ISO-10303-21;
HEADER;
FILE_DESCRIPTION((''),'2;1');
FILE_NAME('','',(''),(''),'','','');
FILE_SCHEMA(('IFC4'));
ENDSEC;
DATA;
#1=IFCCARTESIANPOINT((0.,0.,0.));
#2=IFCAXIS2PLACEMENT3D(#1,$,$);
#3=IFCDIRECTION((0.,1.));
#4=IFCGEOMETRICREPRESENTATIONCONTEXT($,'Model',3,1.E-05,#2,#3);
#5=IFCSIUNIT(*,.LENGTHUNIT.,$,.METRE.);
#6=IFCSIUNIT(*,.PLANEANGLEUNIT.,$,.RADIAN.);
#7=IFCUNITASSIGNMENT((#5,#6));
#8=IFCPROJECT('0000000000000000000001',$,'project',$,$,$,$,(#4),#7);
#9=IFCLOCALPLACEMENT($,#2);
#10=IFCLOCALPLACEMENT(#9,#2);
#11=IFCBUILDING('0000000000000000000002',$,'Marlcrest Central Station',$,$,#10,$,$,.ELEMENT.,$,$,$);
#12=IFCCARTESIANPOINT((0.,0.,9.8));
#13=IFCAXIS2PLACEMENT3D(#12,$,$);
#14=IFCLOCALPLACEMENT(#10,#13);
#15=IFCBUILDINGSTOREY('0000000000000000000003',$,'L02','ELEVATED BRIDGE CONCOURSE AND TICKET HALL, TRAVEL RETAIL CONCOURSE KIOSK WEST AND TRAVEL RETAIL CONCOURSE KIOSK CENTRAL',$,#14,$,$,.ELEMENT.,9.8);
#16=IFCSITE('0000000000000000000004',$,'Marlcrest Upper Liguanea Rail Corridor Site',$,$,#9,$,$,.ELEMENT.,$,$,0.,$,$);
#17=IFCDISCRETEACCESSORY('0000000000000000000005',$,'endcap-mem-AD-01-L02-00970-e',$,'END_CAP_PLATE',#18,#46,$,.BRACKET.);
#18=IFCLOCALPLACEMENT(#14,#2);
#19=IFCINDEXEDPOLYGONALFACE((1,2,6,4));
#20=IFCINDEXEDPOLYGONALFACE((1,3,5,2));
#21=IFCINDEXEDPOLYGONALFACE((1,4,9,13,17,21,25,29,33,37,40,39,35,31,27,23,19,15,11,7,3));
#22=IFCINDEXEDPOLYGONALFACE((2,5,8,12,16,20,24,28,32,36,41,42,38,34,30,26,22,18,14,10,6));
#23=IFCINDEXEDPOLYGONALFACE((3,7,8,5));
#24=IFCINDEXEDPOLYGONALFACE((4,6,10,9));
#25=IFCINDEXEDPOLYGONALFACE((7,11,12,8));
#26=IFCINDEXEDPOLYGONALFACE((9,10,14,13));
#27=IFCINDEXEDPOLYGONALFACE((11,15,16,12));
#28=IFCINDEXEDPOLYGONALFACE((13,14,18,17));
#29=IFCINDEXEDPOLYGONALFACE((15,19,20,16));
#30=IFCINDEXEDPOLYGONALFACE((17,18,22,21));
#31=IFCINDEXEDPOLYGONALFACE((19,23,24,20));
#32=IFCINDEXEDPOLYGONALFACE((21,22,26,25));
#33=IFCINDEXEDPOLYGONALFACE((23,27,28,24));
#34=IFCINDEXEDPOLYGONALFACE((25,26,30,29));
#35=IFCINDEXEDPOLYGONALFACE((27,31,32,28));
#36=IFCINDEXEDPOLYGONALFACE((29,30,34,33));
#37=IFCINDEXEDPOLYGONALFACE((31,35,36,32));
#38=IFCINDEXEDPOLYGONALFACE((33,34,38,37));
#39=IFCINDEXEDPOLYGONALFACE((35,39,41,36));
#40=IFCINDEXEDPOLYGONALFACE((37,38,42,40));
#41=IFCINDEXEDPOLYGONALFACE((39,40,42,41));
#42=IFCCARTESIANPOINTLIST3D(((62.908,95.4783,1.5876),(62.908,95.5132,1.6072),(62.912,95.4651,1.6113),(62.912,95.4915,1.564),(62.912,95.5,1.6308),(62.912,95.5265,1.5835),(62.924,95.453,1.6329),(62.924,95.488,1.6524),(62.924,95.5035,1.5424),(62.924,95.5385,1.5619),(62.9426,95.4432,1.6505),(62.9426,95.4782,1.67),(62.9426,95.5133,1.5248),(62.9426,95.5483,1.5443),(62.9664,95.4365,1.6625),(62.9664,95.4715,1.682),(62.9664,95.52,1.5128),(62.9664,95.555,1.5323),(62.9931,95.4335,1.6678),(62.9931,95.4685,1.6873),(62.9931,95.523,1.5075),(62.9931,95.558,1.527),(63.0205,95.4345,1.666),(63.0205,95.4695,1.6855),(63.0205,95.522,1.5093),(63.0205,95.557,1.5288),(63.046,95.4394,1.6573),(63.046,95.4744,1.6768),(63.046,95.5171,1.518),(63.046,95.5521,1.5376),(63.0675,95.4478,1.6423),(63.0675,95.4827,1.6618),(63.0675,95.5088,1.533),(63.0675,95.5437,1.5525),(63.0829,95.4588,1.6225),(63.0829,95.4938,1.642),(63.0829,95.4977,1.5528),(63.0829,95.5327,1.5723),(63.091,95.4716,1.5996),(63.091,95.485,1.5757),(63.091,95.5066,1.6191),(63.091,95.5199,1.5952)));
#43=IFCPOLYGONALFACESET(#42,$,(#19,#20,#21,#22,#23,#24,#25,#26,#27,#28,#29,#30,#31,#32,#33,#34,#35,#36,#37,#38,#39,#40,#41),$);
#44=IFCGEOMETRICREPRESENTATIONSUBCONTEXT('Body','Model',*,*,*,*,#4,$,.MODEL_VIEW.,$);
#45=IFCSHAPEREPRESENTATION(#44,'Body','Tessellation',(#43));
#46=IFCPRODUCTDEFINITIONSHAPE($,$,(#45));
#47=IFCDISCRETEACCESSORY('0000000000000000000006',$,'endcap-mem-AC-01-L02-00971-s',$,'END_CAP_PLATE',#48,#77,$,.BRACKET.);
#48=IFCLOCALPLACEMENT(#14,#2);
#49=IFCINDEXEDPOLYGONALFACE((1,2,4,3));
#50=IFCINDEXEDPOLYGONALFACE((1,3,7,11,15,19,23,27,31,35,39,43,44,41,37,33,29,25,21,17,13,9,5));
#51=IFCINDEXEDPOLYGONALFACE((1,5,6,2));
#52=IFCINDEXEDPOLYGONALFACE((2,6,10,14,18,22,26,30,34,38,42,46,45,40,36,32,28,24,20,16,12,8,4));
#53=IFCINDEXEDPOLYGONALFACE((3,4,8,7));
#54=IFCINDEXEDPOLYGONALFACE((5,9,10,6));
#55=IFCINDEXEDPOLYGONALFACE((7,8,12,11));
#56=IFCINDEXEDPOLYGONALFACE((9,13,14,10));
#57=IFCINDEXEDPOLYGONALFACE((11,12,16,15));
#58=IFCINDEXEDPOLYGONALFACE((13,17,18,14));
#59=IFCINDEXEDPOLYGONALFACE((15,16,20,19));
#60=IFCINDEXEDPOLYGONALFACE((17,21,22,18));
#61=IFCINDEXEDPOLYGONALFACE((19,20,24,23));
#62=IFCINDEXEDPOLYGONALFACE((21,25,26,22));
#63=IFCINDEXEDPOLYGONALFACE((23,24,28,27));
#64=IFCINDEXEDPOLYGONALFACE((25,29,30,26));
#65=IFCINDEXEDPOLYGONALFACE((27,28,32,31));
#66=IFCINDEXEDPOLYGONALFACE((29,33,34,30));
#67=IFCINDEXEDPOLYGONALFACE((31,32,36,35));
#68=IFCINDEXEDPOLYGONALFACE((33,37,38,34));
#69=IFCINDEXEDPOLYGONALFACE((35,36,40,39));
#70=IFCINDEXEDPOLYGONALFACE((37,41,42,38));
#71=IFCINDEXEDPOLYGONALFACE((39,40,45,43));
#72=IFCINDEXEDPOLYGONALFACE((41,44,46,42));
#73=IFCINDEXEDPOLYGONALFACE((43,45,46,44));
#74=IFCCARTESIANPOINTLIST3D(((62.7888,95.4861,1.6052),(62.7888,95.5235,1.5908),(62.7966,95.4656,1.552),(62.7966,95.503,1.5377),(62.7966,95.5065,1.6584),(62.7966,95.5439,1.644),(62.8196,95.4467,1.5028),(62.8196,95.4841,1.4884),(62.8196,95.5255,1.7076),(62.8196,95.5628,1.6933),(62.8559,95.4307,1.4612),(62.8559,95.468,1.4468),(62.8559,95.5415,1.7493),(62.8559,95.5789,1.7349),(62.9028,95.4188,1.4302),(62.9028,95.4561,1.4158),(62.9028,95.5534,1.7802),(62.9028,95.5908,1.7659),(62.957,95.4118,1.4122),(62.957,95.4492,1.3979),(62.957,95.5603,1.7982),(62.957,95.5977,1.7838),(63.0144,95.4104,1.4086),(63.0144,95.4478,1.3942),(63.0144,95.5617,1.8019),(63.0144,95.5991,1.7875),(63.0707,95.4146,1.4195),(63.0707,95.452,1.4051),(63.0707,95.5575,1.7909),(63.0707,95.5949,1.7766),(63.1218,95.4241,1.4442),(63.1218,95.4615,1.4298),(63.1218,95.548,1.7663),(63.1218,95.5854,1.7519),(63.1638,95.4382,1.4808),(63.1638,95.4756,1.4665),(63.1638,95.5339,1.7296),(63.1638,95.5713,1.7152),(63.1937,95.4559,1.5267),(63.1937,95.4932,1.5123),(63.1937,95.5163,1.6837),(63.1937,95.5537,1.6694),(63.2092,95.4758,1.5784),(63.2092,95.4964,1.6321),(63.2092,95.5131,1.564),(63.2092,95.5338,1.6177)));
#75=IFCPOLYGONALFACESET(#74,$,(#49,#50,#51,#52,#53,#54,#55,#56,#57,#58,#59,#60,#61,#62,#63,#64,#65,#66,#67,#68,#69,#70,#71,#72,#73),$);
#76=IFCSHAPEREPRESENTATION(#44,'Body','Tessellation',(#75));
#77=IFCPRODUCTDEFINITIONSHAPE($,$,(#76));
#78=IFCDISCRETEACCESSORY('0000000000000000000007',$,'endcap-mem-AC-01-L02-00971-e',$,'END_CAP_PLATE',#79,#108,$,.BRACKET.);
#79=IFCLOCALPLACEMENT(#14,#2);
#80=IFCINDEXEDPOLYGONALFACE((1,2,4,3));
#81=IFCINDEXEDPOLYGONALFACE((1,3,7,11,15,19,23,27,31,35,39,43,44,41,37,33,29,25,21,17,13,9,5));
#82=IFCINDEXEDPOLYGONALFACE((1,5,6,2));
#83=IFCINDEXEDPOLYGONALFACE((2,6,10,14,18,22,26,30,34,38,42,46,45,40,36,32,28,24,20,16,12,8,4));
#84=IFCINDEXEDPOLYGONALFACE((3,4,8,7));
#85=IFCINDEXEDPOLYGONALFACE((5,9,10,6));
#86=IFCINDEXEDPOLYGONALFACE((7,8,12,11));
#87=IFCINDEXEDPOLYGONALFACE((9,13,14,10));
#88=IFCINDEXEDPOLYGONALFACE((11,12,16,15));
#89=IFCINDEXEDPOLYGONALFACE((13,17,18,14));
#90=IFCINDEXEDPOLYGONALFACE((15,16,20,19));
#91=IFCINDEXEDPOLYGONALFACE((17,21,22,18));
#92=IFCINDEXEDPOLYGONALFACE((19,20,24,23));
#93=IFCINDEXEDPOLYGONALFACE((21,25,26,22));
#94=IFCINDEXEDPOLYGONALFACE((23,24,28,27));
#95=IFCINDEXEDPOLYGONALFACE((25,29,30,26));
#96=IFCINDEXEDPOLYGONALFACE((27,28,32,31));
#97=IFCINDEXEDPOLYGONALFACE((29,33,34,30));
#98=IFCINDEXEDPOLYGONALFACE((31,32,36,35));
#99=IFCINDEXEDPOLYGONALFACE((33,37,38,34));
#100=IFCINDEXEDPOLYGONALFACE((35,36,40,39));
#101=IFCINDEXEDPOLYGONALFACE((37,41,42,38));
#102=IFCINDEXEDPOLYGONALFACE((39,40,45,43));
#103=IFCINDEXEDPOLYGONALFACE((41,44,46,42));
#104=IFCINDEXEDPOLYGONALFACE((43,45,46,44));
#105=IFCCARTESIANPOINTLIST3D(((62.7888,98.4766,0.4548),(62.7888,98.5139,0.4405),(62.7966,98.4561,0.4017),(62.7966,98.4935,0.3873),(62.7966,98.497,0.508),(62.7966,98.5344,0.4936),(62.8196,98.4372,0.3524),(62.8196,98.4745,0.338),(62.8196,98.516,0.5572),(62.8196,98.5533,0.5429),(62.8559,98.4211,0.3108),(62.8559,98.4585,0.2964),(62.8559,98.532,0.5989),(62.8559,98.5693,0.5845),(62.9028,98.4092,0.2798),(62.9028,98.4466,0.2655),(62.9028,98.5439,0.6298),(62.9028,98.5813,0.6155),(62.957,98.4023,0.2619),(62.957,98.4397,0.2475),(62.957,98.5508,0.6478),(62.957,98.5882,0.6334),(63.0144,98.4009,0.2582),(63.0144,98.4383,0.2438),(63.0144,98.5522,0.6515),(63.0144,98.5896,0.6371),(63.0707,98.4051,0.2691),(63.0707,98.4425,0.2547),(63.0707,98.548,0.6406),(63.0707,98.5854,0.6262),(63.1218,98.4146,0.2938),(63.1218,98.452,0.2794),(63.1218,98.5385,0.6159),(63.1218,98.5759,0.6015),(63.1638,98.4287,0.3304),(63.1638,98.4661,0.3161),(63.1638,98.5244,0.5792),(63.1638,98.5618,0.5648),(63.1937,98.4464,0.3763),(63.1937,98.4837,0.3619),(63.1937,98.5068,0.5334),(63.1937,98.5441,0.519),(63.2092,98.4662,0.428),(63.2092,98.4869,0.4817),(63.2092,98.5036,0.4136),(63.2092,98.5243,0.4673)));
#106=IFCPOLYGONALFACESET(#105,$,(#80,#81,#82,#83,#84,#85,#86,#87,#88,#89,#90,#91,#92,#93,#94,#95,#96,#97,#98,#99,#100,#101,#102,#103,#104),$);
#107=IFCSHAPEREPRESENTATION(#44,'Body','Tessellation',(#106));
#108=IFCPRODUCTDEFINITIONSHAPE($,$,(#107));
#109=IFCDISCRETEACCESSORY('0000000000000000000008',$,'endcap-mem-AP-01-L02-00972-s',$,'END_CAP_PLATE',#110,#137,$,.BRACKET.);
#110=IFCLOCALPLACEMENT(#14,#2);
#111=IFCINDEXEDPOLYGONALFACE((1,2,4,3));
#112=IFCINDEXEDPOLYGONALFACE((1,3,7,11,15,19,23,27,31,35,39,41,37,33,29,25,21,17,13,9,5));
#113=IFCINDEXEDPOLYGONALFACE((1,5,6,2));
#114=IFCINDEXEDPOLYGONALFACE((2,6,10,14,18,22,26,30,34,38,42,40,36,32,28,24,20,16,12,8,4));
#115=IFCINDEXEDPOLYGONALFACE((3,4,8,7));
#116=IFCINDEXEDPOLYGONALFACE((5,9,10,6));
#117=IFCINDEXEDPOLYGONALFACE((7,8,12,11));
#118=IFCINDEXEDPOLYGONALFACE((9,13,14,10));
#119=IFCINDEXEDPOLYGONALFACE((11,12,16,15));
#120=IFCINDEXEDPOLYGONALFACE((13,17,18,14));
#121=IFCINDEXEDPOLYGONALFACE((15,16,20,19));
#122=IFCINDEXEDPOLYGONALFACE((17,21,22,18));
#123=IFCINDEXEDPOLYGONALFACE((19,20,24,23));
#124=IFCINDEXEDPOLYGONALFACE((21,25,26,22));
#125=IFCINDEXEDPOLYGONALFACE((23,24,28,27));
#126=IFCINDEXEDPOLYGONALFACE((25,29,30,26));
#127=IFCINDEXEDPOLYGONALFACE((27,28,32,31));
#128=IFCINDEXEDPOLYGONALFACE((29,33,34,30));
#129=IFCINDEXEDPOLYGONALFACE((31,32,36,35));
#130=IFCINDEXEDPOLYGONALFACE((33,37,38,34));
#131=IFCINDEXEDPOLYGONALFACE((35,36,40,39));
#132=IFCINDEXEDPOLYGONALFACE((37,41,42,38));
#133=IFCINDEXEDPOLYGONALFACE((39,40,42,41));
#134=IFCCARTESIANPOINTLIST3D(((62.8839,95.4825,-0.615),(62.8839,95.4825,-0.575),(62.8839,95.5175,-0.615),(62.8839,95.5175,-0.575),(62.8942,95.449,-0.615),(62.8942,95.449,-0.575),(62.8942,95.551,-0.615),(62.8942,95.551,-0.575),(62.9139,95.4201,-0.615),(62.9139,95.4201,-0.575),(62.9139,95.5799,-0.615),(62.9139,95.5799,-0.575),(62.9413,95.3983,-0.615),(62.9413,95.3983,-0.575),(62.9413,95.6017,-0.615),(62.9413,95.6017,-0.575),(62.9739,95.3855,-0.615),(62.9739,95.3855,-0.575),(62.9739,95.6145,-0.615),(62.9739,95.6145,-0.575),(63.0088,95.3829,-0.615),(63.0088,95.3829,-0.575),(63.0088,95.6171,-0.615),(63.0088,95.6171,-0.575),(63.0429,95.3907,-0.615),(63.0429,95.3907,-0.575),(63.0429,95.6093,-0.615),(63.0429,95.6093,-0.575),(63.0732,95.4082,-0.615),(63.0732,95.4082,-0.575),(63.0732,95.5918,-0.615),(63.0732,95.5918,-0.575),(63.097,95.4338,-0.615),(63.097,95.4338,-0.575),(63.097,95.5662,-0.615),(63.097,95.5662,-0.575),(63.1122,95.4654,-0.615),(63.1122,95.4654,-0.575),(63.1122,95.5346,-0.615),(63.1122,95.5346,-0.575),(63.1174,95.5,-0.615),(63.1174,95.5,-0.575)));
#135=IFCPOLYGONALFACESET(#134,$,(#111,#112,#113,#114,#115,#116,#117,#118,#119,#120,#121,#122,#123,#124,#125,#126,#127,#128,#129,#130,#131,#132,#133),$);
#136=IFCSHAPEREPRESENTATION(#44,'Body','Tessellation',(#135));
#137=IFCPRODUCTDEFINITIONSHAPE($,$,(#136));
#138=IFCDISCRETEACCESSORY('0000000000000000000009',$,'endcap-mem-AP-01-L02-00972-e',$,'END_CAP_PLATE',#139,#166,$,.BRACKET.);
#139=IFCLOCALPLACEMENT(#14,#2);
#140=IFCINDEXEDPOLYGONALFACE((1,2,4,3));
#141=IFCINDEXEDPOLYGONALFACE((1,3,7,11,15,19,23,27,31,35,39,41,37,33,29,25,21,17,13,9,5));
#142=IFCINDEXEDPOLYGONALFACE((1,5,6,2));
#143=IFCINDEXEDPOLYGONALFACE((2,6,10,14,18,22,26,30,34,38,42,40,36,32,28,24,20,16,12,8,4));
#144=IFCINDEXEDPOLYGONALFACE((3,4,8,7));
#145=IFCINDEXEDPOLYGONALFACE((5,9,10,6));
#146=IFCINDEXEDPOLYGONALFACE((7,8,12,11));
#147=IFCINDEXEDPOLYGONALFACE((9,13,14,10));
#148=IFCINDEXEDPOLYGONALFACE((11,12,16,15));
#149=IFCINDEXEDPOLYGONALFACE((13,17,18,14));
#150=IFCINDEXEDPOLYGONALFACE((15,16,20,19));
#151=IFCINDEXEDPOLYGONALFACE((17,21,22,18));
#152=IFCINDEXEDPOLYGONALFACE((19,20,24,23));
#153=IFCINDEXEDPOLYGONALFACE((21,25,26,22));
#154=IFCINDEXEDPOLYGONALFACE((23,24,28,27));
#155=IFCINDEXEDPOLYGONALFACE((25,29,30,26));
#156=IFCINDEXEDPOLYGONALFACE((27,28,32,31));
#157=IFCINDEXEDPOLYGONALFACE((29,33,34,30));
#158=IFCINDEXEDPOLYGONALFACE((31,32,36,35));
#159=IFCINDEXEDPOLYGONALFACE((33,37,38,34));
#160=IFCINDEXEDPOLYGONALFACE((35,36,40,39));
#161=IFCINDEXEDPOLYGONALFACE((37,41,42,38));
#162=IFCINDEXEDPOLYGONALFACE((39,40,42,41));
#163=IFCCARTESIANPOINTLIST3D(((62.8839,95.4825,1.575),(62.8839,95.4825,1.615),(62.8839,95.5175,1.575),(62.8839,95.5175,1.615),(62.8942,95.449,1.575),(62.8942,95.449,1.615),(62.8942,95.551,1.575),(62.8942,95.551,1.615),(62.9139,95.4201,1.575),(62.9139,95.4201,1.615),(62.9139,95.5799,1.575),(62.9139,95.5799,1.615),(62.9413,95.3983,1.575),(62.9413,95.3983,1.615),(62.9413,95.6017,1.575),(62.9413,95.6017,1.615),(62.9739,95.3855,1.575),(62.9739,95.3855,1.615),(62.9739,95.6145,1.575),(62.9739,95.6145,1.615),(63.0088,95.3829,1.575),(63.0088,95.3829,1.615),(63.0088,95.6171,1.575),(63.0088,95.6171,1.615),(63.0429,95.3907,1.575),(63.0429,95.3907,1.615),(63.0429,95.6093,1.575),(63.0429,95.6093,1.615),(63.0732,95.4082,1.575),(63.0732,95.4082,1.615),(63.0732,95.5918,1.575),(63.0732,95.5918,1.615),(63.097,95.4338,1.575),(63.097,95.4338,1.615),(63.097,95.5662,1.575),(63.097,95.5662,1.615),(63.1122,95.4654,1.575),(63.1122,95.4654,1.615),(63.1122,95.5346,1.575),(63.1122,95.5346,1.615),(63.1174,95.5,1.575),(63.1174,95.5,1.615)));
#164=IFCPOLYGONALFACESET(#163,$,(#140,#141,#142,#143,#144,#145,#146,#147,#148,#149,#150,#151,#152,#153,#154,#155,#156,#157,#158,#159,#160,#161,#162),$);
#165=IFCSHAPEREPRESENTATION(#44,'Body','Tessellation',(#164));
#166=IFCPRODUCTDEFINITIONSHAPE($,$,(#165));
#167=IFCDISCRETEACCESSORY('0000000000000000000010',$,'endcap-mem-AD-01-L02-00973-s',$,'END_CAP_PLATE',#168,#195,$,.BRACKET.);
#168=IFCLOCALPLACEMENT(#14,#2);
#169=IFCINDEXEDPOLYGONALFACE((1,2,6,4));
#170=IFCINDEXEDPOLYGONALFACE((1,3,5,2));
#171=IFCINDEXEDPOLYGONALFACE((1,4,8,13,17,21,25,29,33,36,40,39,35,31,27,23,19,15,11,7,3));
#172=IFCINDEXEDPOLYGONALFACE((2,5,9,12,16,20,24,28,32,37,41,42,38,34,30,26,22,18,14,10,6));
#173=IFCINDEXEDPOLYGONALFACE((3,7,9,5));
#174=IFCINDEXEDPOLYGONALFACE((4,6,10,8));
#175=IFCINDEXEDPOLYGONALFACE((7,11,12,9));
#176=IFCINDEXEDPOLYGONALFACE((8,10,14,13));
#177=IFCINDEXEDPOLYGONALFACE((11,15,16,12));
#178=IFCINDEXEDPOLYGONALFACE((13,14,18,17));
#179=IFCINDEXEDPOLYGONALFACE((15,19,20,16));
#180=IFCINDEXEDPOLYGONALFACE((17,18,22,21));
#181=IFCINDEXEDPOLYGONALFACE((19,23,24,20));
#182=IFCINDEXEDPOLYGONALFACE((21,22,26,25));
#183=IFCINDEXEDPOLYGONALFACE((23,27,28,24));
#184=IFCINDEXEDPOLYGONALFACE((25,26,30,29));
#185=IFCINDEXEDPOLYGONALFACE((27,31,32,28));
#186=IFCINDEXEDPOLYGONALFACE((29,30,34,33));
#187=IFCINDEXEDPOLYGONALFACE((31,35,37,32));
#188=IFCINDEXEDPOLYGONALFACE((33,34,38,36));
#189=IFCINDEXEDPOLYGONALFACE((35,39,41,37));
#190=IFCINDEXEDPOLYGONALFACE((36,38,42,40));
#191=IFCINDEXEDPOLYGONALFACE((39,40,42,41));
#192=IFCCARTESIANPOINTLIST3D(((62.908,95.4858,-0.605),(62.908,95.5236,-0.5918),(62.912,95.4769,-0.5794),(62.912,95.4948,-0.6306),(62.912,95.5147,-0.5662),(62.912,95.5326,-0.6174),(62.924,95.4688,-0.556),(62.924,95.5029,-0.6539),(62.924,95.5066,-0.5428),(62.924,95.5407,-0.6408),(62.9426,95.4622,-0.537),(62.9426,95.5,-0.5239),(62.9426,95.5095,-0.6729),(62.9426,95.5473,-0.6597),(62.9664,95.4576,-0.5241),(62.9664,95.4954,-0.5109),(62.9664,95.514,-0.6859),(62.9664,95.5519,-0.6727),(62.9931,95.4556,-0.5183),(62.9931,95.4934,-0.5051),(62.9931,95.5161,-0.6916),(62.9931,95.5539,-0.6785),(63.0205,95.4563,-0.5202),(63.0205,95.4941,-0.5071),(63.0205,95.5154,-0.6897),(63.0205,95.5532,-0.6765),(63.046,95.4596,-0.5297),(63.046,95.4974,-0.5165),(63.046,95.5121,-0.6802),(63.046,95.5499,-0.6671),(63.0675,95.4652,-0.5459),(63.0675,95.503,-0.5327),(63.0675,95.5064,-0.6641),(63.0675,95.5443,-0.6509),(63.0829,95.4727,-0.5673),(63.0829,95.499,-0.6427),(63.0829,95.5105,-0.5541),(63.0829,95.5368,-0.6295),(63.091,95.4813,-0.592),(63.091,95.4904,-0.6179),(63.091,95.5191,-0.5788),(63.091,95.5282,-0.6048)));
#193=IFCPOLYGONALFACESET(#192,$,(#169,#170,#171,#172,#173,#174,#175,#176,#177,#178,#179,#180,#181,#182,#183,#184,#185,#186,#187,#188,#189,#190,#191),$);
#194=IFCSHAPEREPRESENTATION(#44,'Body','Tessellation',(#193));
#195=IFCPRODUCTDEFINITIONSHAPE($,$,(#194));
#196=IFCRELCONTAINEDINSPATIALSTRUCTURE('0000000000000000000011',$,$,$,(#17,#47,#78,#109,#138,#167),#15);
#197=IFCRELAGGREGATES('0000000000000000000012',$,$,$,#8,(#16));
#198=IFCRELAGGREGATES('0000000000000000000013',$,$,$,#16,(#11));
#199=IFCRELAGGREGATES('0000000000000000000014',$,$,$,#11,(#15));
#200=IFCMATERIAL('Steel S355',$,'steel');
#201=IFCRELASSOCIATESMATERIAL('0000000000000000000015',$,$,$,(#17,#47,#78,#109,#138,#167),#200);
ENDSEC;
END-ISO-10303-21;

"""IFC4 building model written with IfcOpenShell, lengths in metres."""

from ifc_helpers import new_model, si_unit, direction, frame, origin, origin_2d, place, context, subcontext, project, spatial, circle, extrude, material, element, save


model = new_model("IFC4")

# Units and contexts
model_context = context("Model", 3, precision=1e-05, world=origin(), true_north=direction((0.0, 1.0)))
body_context = subcontext(model_context, "Body", "Model", "MODEL_VIEW")
ifc_project = project(units=[si_unit("LENGTHUNIT", "METRE"), si_unit("PLANEANGLEUNIT", "RADIAN")], contexts=[model_context])

# Site, building, storey
site_placement = place(None, origin())
site = spatial("IfcSite", under=ifc_project, at=site_placement, Name="Marlcrest Upper Liguanea Rail Corridor Site", CompositionType="ELEMENT", RefElevation=0.0)
building_placement = place(site_placement, origin())
building = spatial("IfcBuilding", under=site, at=building_placement, Name="Marlcrest Central Station", CompositionType="ELEMENT")
storey_placement = place(building_placement, frame((0.0, 0.0, 9.8)))
storey = spatial("IfcBuildingStorey", under=building, at=storey_placement, Name="L02", Description="ELEVATED BRIDGE CONCOURSE AND TICKET HALL, TRAVEL RETAIL CONCOURSE KIOSK WEST AND TRAVEL RETAIL CONCOURSE KIOSK CENTRAL", CompositionType="ELEMENT", Elevation=9.8)

# Shared definitions
ifc_material_1 = material(Name="Steel S355", Category="steel")

# Discrete accessories
discrete_accessory_1_placement = place(storey_placement, frame((63.0, 95.4783, 1.5876), z_axis=(0.0, 0.873246, 0.48728), x_axis=(-1.0, 0.0, 0.0)))
element("IfcDiscreteAccessory", 1, at=discrete_accessory_1_placement, inside=storey, material=ifc_material_1, Name="endcap-mem-AD-01-L02-00970-e", ObjectType="END_CAP_PLATE", PredefinedType="BRACKET", context=body_context, shape_type="SweptSolid", body=[
    extrude(circle(Radius=0.092, at=origin_2d()), origin(), (0.0, 0.0, 1.0), 0.04),
])
for number, where, z_axis, x_axis, name in (
    (2, (63.0, 95.4861, 1.6052), (0.0, 0.933324, -0.359035), (-1.0, 0.0, 0.0), "endcap-mem-AC-01-L02-00971-s"),
    (3, (63.0, 98.4766, 0.4548), (0.0, 0.933324, -0.359035), (-1.0, 0.0, 0.0), "endcap-mem-AC-01-L02-00971-e"),
):
    element("IfcDiscreteAccessory", number, at=place(storey_placement, frame(where, z_axis=z_axis, x_axis=x_axis)), inside=storey, material=ifc_material_1, Name=name, ObjectType="END_CAP_PLATE", PredefinedType="BRACKET", context=body_context, shape_type="SweptSolid", body=[
        extrude(circle(Radius=0.2112, at=origin_2d()), origin(), (0.0, 0.0, 1.0), 0.04),
    ])
for number, where, z_axis, x_axis, name in (
    (4, (63.0, 95.5, -0.615), (0.0, 0.0, 1.0), (1.0, 0.0, 0.0), "endcap-mem-AP-01-L02-00972-s"),
    (5, (63.0, 95.5, 1.575), (0.0, 0.0, 1.0), (1.0, 0.0, 0.0), "endcap-mem-AP-01-L02-00972-e"),
):
    element("IfcDiscreteAccessory", number, at=place(storey_placement, frame(where, z_axis=z_axis, x_axis=x_axis)), inside=storey, material=ifc_material_1, Name=name, ObjectType="END_CAP_PLATE", PredefinedType="BRACKET", context=body_context, shape_type="SweptSolid", body=[
        extrude(circle(Radius=0.1174, at=origin_2d()), origin(), (0.0, 0.0, 1.0), 0.04),
    ])
for number, where, z_axis, x_axis, name in (
    (6, (63.0, 95.4858, -0.605), (0.0, 0.94426, 0.3292), (-1.0, 0.0, 0.0), "endcap-mem-AD-01-L02-00973-s"),
):
    element("IfcDiscreteAccessory", number, at=place(storey_placement, frame(where, z_axis=z_axis, x_axis=x_axis)), inside=storey, material=ifc_material_1, Name=name, ObjectType="END_CAP_PLATE", PredefinedType="BRACKET", context=body_context, shape_type="SweptSolid", body=[
        extrude(circle(Radius=0.092, at=origin_2d()), origin(), (0.0, 0.0, 1.0), 0.04),
    ])

save(model, "model.ifc")
